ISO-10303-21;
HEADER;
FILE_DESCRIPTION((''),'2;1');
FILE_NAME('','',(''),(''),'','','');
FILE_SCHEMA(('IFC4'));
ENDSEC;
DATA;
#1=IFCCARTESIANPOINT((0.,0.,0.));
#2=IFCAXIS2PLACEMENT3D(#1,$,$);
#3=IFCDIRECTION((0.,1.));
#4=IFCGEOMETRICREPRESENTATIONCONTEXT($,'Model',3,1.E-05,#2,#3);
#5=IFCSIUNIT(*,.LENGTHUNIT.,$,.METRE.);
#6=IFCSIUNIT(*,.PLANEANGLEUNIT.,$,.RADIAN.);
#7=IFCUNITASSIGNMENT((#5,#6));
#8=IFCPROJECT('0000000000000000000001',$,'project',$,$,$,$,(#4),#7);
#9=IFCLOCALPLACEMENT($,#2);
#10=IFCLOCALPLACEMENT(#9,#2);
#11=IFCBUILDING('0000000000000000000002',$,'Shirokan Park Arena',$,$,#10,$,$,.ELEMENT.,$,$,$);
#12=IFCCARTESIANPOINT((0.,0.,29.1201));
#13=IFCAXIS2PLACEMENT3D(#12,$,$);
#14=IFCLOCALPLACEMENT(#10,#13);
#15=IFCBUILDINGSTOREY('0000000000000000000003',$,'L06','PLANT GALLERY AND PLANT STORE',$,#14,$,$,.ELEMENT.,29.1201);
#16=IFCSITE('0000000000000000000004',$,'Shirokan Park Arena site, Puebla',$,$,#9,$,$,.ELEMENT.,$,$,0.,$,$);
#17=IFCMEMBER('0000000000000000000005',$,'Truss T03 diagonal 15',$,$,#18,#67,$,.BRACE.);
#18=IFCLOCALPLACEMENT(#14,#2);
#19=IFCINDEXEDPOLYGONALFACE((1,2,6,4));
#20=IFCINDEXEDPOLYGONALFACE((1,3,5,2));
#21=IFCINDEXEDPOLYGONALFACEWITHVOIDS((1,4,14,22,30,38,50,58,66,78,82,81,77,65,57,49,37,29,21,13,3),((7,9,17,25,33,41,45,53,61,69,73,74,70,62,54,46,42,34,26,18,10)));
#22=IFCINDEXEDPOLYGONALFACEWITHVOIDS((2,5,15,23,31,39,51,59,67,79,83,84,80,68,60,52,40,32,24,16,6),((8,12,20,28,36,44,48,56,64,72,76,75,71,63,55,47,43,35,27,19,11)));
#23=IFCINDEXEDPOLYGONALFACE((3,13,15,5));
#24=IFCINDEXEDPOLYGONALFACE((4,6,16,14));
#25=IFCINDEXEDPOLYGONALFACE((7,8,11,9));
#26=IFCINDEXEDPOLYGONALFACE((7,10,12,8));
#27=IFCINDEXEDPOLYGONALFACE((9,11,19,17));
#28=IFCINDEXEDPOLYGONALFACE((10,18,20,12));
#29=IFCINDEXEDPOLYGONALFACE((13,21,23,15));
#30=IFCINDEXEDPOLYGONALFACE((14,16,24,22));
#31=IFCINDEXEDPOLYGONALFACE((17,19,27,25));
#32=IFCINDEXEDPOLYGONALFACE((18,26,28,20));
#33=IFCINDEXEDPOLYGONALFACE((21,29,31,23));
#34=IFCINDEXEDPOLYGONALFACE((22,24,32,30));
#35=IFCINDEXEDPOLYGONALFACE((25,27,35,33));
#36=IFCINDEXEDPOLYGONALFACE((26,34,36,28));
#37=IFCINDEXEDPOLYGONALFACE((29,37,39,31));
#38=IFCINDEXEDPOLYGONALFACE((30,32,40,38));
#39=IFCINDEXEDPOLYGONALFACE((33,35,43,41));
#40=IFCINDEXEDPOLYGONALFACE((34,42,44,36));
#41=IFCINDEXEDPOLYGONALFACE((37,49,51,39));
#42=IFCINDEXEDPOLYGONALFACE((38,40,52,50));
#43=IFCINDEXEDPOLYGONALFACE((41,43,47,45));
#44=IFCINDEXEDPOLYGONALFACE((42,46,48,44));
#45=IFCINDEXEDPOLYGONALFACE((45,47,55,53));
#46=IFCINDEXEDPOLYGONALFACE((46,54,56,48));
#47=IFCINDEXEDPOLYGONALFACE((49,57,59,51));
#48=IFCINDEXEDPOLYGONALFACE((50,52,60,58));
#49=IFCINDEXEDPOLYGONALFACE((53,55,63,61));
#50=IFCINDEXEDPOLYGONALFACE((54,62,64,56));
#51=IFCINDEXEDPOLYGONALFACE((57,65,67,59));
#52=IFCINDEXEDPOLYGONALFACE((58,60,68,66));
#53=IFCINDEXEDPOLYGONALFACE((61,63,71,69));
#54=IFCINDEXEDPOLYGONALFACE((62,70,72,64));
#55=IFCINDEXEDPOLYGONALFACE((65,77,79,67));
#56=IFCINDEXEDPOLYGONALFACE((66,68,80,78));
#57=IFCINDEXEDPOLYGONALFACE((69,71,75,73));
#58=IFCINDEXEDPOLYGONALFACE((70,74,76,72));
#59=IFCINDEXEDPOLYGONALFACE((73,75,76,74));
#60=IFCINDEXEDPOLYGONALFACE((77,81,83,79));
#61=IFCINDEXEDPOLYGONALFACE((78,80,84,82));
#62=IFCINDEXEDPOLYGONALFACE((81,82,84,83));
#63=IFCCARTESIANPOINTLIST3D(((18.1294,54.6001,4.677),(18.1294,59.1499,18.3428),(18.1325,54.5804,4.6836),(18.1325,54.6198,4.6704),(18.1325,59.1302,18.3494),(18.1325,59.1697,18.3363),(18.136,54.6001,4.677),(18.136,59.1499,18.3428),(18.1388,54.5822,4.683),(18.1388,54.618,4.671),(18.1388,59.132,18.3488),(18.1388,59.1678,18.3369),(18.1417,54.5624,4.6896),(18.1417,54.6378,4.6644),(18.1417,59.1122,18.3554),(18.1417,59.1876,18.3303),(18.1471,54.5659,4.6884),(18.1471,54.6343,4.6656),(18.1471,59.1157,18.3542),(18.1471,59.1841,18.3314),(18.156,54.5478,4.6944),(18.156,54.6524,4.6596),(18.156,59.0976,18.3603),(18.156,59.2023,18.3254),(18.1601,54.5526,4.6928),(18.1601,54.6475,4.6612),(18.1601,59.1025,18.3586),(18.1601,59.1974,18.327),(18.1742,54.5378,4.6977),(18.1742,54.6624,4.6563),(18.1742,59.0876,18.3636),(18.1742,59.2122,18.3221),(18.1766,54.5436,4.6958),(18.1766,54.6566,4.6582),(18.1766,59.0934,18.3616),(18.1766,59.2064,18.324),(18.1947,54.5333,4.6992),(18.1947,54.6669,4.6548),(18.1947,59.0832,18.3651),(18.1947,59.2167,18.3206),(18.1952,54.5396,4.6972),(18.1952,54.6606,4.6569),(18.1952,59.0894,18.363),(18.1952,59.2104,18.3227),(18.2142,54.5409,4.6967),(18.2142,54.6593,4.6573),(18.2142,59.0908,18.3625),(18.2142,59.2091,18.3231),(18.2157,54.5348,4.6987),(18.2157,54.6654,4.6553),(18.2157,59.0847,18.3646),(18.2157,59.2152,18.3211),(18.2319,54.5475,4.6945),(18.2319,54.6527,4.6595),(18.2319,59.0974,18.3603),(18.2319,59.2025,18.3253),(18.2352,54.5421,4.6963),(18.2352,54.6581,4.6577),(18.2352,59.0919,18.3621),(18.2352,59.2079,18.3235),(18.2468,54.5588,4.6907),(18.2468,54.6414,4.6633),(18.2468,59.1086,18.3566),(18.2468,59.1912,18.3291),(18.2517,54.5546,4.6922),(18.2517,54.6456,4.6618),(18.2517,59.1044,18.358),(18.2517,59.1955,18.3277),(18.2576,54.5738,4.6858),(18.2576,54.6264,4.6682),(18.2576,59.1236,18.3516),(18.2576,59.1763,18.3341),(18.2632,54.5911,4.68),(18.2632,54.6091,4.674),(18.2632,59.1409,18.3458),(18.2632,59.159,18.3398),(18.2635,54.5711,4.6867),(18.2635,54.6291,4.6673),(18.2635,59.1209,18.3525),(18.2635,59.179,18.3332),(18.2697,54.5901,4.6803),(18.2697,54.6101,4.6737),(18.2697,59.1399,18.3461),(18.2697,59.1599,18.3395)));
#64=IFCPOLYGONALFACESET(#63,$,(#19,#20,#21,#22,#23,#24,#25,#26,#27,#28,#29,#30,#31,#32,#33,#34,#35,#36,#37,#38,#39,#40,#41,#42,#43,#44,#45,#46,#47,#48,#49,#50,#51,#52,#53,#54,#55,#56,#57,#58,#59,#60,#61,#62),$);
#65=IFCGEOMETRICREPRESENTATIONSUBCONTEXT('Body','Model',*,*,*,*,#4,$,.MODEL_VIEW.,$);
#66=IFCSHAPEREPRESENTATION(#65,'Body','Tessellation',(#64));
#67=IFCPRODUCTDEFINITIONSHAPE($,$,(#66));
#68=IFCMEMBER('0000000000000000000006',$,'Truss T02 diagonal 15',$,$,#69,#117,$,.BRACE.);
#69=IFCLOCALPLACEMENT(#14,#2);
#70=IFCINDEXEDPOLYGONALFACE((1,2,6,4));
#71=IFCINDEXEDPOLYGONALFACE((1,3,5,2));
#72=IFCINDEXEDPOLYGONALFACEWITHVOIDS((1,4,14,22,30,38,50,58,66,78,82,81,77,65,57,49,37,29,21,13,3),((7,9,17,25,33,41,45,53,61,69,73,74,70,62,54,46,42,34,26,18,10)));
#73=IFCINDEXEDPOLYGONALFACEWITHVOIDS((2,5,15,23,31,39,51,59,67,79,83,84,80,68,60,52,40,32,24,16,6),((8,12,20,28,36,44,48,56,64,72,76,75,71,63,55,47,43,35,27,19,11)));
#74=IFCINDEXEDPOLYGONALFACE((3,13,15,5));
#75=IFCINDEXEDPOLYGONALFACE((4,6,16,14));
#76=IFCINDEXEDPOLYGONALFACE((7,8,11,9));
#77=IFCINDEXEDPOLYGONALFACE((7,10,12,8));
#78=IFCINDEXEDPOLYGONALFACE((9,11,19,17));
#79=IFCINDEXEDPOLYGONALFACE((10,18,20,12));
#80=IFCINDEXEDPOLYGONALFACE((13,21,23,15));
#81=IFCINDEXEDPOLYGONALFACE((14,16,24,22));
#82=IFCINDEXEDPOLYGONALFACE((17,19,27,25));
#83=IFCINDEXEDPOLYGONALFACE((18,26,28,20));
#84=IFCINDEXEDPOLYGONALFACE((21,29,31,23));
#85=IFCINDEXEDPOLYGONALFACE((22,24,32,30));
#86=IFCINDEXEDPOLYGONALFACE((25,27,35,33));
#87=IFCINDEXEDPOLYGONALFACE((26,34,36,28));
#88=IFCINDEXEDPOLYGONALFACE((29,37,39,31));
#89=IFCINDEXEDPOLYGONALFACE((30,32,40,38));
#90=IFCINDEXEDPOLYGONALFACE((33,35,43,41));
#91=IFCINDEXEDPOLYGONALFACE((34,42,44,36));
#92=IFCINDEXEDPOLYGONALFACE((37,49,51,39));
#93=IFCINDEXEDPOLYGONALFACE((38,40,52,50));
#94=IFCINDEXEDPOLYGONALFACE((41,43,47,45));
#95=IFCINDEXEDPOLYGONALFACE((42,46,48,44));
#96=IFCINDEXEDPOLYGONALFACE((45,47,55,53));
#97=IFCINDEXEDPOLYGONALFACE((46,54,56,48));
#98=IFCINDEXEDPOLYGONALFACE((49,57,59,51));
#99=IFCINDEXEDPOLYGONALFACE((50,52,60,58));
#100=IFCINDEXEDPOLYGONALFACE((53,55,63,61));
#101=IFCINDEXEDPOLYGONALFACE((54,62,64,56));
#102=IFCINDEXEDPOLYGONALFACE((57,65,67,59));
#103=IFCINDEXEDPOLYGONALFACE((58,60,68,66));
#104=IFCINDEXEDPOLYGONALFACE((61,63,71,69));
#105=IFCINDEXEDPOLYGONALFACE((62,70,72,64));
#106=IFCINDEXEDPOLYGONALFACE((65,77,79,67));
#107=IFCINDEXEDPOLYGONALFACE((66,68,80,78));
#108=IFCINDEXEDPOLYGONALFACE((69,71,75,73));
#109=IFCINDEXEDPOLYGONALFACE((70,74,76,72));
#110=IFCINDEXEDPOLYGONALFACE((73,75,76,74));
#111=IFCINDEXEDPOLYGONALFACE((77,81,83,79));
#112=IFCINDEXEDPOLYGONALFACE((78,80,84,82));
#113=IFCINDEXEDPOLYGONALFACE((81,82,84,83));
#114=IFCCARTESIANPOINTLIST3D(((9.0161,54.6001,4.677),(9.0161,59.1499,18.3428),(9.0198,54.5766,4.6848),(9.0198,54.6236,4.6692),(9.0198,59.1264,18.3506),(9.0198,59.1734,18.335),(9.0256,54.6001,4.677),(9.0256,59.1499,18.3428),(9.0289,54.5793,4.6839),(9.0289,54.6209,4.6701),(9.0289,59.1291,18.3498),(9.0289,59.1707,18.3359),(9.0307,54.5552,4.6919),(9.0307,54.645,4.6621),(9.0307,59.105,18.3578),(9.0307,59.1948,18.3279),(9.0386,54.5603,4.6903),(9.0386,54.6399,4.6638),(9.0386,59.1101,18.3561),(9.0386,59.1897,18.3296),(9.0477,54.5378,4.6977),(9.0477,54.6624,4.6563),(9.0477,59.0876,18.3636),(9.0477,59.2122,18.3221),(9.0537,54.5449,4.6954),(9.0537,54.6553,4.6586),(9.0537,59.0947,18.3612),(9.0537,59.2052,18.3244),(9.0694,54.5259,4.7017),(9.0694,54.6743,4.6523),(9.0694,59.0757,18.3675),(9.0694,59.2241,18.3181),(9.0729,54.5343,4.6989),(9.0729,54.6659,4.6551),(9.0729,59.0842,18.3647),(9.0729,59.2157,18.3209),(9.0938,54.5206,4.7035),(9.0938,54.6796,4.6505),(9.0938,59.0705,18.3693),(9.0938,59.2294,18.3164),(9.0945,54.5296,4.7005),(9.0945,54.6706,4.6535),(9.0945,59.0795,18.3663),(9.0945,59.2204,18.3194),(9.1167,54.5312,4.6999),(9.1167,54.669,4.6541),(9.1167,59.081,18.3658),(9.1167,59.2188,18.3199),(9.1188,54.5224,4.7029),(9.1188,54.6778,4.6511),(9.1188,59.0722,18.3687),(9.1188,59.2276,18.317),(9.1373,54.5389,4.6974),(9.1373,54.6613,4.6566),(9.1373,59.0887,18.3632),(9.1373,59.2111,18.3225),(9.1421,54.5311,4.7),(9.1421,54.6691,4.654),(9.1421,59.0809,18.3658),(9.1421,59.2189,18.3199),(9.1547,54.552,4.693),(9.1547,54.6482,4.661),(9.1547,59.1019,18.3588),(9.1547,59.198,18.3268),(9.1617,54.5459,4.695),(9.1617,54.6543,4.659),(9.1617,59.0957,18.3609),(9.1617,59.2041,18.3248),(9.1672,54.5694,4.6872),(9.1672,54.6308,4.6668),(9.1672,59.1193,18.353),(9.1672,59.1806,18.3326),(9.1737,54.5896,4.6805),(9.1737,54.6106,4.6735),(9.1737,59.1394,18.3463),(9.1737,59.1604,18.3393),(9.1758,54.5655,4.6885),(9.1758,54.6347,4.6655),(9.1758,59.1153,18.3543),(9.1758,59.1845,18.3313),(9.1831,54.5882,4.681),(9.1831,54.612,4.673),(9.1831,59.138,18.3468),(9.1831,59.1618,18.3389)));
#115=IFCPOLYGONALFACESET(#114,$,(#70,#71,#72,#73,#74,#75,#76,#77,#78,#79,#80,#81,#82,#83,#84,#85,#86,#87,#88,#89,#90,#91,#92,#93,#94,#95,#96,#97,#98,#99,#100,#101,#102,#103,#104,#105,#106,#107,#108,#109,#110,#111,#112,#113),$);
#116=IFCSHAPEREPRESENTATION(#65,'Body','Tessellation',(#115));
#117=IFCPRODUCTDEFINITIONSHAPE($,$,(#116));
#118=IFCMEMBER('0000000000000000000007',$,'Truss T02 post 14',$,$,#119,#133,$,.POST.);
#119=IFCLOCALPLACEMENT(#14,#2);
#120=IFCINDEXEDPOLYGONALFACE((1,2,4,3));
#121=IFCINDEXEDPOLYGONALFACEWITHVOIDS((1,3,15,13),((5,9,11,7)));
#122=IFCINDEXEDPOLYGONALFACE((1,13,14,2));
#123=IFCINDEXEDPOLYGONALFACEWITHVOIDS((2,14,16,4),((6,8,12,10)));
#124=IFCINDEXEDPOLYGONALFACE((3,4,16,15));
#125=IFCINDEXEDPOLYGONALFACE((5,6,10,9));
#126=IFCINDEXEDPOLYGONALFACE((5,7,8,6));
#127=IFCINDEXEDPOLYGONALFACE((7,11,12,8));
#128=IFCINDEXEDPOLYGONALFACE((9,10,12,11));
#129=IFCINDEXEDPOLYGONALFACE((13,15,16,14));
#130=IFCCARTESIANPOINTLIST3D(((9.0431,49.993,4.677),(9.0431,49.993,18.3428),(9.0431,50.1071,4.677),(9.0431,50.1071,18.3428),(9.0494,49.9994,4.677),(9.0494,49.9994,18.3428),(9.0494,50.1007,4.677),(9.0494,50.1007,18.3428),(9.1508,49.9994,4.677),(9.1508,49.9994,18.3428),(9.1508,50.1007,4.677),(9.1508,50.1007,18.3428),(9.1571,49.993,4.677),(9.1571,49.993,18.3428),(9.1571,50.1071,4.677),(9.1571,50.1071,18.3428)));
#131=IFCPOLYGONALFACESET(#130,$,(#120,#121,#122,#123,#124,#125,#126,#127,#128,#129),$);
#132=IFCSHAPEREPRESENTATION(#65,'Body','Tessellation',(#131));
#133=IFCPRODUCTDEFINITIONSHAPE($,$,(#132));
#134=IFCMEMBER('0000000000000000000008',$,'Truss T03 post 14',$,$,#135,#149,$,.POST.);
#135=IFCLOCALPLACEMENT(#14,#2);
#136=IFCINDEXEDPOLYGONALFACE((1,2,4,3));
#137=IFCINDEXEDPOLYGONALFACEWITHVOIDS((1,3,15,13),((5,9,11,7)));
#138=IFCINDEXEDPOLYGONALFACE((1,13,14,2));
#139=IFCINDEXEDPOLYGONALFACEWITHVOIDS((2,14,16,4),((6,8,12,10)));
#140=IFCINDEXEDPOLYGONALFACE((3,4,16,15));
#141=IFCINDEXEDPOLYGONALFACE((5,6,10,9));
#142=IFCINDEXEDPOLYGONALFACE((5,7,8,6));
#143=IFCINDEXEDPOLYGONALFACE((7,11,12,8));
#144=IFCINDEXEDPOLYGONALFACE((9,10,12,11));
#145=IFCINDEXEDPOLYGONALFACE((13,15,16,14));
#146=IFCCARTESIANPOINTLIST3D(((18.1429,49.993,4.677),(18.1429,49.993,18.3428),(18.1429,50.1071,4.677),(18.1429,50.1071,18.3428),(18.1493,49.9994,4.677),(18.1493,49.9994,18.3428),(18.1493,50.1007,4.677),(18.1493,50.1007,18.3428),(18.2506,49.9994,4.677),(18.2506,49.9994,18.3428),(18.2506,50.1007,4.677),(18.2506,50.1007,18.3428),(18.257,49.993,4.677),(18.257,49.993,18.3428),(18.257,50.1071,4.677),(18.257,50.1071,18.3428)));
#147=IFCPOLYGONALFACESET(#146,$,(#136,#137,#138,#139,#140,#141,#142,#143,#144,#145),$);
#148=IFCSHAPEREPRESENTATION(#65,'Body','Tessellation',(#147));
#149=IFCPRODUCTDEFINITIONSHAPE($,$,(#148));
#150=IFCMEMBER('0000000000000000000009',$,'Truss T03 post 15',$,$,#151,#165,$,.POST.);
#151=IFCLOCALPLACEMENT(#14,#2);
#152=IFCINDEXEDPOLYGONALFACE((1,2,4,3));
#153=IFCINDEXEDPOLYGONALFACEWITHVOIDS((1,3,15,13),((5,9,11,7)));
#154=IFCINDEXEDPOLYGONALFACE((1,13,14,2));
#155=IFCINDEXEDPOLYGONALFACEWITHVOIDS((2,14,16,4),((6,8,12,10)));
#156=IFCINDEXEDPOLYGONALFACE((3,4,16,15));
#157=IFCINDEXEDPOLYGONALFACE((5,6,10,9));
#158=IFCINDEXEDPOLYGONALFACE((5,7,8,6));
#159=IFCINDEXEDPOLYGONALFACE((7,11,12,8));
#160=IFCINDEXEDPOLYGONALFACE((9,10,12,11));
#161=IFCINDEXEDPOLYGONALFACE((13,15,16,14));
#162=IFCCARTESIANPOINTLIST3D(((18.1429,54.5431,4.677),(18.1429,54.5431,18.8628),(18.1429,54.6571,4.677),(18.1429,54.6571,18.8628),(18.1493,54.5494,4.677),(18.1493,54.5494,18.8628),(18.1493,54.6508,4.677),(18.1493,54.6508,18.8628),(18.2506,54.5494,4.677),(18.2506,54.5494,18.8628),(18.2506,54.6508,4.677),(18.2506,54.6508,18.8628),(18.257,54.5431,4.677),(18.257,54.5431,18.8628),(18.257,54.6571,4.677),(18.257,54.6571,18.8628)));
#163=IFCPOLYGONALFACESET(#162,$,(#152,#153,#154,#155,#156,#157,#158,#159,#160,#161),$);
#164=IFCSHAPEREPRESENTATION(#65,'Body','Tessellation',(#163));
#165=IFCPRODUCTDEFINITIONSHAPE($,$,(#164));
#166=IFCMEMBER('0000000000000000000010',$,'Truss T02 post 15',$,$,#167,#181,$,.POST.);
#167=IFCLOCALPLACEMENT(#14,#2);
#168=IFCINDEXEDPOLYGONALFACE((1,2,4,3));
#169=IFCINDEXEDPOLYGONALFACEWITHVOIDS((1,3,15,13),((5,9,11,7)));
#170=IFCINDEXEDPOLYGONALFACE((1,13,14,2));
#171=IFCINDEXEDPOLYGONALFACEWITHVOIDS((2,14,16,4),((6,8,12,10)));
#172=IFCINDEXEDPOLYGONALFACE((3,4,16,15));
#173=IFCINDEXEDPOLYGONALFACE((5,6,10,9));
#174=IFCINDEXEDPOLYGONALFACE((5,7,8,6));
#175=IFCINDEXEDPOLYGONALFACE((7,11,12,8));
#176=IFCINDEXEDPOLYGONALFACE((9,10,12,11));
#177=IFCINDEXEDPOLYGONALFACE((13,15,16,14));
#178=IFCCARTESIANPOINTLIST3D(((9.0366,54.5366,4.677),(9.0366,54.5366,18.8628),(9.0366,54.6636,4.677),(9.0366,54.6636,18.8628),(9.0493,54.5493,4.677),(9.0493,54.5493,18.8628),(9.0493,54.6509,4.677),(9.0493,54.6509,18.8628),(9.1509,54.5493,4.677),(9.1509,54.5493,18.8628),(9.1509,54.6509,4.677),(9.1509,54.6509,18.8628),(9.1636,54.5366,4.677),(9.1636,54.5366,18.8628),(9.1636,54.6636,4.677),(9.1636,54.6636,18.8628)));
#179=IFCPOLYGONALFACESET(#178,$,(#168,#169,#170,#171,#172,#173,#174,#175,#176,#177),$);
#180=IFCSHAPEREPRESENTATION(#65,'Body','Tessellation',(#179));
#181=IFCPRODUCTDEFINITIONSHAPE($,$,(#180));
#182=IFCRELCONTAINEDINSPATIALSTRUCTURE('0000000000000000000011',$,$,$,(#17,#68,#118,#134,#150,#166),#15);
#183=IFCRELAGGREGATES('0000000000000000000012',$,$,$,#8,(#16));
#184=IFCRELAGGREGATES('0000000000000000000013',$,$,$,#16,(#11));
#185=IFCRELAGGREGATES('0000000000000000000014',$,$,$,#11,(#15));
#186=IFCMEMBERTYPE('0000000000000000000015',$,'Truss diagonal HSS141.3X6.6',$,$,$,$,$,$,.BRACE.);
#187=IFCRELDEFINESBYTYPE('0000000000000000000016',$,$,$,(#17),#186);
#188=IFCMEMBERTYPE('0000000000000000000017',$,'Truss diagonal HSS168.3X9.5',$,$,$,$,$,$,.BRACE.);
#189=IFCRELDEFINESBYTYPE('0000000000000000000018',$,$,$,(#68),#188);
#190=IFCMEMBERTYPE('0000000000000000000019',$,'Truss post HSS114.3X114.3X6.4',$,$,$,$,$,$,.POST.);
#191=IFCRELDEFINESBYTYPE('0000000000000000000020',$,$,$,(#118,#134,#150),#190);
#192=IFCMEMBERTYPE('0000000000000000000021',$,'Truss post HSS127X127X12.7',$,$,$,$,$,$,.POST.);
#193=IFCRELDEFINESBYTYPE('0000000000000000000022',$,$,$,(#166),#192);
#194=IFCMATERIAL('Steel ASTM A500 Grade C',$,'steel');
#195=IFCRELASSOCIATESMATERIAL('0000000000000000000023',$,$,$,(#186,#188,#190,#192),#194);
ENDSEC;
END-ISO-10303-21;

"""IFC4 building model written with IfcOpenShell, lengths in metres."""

from ifc_helpers import new_model, si_unit, direction, frame, origin, origin_2d, place, context, subcontext, project, spatial, hollow_rectangle, hollow_circle, extrude, material, material_profile, profile_set, type_object, element, save


model = new_model("IFC4")

# Units and contexts
model_context = context("Model", 3, precision=1e-05, world=origin(), true_north=direction((0.0, 1.0)))
body_context = subcontext(model_context, "Body", "Model", "MODEL_VIEW")
ifc_project = project(units=[si_unit("LENGTHUNIT", "METRE"), si_unit("PLANEANGLEUNIT", "RADIAN")], contexts=[model_context])

# Site, building, storey
site_placement = place(None, origin())
site = spatial("IfcSite", under=ifc_project, at=site_placement, Name="Shirokan Park Arena site, Puebla", CompositionType="ELEMENT", RefElevation=0.0)
building_placement = place(site_placement, origin())
building = spatial("IfcBuilding", under=site, at=building_placement, Name="Shirokan Park Arena", CompositionType="ELEMENT")
storey_placement = place(building_placement, frame((0.0, 0.0, 29.1201)))
storey = spatial("IfcBuildingStorey", under=building, at=storey_placement, Name="L06", Description="PLANT GALLERY AND PLANT STORE", CompositionType="ELEMENT", Elevation=29.1201)

# Shared definitions
ifc_material_1 = material(Name="Steel ASTM A500 Grade C", Category="steel")

# Members
ifc_material_profile_1 = material_profile(ifc_material_1, hollow_circle(Radius=0.0706, WallThickness=0.0066, at=origin_2d()), Name="HSS141.3X6.6")
ifc_profile_set_1 = profile_set([ifc_material_profile_1], Name="Steel ASTM A500 Grade C")
member_type_1 = type_object("IfcMemberType", Name="Truss diagonal HSS141.3X6.6", PredefinedType="BRACE", material=ifc_profile_set_1)
member_1_placement = place(storey_placement, frame((18.2, 54.6001, 4.677), z_axis=(0.0, 0.315887, 0.948797), x_axis=(-1.0, 0.0, 0.0)))
element("IfcMember", 1, at=member_1_placement, inside=storey, type_object=member_type_1, Name="Truss T03 diagonal 15", PredefinedType="BRACE", context=body_context, shape_type="SweptSolid", body=[
    extrude(hollow_circle(Radius=0.0706, WallThickness=0.0066, at=origin_2d()), origin(), (0.0, 0.0, 1.0), 14.4033),
])
ifc_material_profile_2 = material_profile(ifc_material_1, hollow_circle(Radius=0.084, WallThickness=0.0095, at=origin_2d()), Name="HSS168.3X9.5")
ifc_profile_set_2 = profile_set([ifc_material_profile_2], Name="Steel ASTM A500 Grade C")
member_type_2 = type_object("IfcMemberType", Name="Truss diagonal HSS168.3X9.5", PredefinedType="BRACE", material=ifc_profile_set_2)
member_2_placement = place(storey_placement, frame((9.1001, 54.6001, 4.677), z_axis=(0.0, 0.315887, 0.948797), x_axis=(-1.0, 0.0, 0.0)))
element("IfcMember", 2, at=member_2_placement, inside=storey, type_object=member_type_2, Name="Truss T02 diagonal 15", PredefinedType="BRACE", context=body_context, shape_type="SweptSolid", body=[
    extrude(hollow_circle(Radius=0.084, WallThickness=0.0095, at=origin_2d()), origin(), (0.0, 0.0, 1.0), 14.4033),
])
ifc_material_profile_3 = material_profile(ifc_material_1, hollow_rectangle(XDim=0.114, YDim=0.114, WallThickness=0.0063, at=origin_2d()), Name="HSS114.3X114.3X6.4")
ifc_profile_set_3 = profile_set([ifc_material_profile_3], Name="Steel ASTM A500 Grade C")
member_type_3 = type_object("IfcMemberType", Name="Truss post HSS114.3X114.3X6.4", PredefinedType="POST", material=ifc_profile_set_3)
for number, where, z_axis, x_axis, name in (
    (3, (9.1001, 50.05, 4.677), (0.0, 0.0, 1.0), (1.0, 0.0, 0.0), "Truss T02 post 14"),
    (4, (18.2, 50.05, 4.677), (0.0, 0.0, 1.0), (1.0, 0.0, 0.0), "Truss T03 post 14"),
):
    element("IfcMember", number, at=place(storey_placement, frame(where, z_axis=z_axis, x_axis=x_axis)), inside=storey, type_object=member_type_3, Name=name, PredefinedType="POST", context=body_context, shape_type="SweptSolid", body=[
        extrude(hollow_rectangle(XDim=0.114, YDim=0.114, WallThickness=0.0063, at=origin_2d()), origin(), (0.0, 0.0, 1.0), 13.6658),
    ])
member_3_placement = place(storey_placement, frame((18.2, 54.6001, 4.677), z_axis=(0.0, 0.0, 1.0), x_axis=(1.0, 0.0, 0.0)))
element("IfcMember", 5, at=member_3_placement, inside=storey, type_object=member_type_3, Name="Truss T03 post 15", PredefinedType="POST", context=body_context, shape_type="SweptSolid", body=[
    extrude(hollow_rectangle(XDim=0.114, YDim=0.114, WallThickness=0.0063, at=origin_2d()), origin(), (0.0, 0.0, 1.0), 14.1858),
])
ifc_material_profile_4 = material_profile(ifc_material_1, hollow_rectangle(XDim=0.127, YDim=0.127, WallThickness=0.0127, at=origin_2d()), Name="HSS127X127X12.7")
ifc_profile_set_4 = profile_set([ifc_material_profile_4], Name="Steel ASTM A500 Grade C")
member_type_4 = type_object("IfcMemberType", Name="Truss post HSS127X127X12.7", PredefinedType="POST", material=ifc_profile_set_4)
member_4_placement = place(storey_placement, frame((9.1001, 54.6001, 4.677), z_axis=(0.0, 0.0, 1.0), x_axis=(1.0, 0.0, 0.0)))
element("IfcMember", 6, at=member_4_placement, inside=storey, type_object=member_type_4, Name="Truss T02 post 15", PredefinedType="POST", context=body_context, shape_type="SweptSolid", body=[
    extrude(hollow_rectangle(XDim=0.127, YDim=0.127, WallThickness=0.0127, at=origin_2d()), origin(), (0.0, 0.0, 1.0), 14.1858),
])

save(model, "model.ifc")
